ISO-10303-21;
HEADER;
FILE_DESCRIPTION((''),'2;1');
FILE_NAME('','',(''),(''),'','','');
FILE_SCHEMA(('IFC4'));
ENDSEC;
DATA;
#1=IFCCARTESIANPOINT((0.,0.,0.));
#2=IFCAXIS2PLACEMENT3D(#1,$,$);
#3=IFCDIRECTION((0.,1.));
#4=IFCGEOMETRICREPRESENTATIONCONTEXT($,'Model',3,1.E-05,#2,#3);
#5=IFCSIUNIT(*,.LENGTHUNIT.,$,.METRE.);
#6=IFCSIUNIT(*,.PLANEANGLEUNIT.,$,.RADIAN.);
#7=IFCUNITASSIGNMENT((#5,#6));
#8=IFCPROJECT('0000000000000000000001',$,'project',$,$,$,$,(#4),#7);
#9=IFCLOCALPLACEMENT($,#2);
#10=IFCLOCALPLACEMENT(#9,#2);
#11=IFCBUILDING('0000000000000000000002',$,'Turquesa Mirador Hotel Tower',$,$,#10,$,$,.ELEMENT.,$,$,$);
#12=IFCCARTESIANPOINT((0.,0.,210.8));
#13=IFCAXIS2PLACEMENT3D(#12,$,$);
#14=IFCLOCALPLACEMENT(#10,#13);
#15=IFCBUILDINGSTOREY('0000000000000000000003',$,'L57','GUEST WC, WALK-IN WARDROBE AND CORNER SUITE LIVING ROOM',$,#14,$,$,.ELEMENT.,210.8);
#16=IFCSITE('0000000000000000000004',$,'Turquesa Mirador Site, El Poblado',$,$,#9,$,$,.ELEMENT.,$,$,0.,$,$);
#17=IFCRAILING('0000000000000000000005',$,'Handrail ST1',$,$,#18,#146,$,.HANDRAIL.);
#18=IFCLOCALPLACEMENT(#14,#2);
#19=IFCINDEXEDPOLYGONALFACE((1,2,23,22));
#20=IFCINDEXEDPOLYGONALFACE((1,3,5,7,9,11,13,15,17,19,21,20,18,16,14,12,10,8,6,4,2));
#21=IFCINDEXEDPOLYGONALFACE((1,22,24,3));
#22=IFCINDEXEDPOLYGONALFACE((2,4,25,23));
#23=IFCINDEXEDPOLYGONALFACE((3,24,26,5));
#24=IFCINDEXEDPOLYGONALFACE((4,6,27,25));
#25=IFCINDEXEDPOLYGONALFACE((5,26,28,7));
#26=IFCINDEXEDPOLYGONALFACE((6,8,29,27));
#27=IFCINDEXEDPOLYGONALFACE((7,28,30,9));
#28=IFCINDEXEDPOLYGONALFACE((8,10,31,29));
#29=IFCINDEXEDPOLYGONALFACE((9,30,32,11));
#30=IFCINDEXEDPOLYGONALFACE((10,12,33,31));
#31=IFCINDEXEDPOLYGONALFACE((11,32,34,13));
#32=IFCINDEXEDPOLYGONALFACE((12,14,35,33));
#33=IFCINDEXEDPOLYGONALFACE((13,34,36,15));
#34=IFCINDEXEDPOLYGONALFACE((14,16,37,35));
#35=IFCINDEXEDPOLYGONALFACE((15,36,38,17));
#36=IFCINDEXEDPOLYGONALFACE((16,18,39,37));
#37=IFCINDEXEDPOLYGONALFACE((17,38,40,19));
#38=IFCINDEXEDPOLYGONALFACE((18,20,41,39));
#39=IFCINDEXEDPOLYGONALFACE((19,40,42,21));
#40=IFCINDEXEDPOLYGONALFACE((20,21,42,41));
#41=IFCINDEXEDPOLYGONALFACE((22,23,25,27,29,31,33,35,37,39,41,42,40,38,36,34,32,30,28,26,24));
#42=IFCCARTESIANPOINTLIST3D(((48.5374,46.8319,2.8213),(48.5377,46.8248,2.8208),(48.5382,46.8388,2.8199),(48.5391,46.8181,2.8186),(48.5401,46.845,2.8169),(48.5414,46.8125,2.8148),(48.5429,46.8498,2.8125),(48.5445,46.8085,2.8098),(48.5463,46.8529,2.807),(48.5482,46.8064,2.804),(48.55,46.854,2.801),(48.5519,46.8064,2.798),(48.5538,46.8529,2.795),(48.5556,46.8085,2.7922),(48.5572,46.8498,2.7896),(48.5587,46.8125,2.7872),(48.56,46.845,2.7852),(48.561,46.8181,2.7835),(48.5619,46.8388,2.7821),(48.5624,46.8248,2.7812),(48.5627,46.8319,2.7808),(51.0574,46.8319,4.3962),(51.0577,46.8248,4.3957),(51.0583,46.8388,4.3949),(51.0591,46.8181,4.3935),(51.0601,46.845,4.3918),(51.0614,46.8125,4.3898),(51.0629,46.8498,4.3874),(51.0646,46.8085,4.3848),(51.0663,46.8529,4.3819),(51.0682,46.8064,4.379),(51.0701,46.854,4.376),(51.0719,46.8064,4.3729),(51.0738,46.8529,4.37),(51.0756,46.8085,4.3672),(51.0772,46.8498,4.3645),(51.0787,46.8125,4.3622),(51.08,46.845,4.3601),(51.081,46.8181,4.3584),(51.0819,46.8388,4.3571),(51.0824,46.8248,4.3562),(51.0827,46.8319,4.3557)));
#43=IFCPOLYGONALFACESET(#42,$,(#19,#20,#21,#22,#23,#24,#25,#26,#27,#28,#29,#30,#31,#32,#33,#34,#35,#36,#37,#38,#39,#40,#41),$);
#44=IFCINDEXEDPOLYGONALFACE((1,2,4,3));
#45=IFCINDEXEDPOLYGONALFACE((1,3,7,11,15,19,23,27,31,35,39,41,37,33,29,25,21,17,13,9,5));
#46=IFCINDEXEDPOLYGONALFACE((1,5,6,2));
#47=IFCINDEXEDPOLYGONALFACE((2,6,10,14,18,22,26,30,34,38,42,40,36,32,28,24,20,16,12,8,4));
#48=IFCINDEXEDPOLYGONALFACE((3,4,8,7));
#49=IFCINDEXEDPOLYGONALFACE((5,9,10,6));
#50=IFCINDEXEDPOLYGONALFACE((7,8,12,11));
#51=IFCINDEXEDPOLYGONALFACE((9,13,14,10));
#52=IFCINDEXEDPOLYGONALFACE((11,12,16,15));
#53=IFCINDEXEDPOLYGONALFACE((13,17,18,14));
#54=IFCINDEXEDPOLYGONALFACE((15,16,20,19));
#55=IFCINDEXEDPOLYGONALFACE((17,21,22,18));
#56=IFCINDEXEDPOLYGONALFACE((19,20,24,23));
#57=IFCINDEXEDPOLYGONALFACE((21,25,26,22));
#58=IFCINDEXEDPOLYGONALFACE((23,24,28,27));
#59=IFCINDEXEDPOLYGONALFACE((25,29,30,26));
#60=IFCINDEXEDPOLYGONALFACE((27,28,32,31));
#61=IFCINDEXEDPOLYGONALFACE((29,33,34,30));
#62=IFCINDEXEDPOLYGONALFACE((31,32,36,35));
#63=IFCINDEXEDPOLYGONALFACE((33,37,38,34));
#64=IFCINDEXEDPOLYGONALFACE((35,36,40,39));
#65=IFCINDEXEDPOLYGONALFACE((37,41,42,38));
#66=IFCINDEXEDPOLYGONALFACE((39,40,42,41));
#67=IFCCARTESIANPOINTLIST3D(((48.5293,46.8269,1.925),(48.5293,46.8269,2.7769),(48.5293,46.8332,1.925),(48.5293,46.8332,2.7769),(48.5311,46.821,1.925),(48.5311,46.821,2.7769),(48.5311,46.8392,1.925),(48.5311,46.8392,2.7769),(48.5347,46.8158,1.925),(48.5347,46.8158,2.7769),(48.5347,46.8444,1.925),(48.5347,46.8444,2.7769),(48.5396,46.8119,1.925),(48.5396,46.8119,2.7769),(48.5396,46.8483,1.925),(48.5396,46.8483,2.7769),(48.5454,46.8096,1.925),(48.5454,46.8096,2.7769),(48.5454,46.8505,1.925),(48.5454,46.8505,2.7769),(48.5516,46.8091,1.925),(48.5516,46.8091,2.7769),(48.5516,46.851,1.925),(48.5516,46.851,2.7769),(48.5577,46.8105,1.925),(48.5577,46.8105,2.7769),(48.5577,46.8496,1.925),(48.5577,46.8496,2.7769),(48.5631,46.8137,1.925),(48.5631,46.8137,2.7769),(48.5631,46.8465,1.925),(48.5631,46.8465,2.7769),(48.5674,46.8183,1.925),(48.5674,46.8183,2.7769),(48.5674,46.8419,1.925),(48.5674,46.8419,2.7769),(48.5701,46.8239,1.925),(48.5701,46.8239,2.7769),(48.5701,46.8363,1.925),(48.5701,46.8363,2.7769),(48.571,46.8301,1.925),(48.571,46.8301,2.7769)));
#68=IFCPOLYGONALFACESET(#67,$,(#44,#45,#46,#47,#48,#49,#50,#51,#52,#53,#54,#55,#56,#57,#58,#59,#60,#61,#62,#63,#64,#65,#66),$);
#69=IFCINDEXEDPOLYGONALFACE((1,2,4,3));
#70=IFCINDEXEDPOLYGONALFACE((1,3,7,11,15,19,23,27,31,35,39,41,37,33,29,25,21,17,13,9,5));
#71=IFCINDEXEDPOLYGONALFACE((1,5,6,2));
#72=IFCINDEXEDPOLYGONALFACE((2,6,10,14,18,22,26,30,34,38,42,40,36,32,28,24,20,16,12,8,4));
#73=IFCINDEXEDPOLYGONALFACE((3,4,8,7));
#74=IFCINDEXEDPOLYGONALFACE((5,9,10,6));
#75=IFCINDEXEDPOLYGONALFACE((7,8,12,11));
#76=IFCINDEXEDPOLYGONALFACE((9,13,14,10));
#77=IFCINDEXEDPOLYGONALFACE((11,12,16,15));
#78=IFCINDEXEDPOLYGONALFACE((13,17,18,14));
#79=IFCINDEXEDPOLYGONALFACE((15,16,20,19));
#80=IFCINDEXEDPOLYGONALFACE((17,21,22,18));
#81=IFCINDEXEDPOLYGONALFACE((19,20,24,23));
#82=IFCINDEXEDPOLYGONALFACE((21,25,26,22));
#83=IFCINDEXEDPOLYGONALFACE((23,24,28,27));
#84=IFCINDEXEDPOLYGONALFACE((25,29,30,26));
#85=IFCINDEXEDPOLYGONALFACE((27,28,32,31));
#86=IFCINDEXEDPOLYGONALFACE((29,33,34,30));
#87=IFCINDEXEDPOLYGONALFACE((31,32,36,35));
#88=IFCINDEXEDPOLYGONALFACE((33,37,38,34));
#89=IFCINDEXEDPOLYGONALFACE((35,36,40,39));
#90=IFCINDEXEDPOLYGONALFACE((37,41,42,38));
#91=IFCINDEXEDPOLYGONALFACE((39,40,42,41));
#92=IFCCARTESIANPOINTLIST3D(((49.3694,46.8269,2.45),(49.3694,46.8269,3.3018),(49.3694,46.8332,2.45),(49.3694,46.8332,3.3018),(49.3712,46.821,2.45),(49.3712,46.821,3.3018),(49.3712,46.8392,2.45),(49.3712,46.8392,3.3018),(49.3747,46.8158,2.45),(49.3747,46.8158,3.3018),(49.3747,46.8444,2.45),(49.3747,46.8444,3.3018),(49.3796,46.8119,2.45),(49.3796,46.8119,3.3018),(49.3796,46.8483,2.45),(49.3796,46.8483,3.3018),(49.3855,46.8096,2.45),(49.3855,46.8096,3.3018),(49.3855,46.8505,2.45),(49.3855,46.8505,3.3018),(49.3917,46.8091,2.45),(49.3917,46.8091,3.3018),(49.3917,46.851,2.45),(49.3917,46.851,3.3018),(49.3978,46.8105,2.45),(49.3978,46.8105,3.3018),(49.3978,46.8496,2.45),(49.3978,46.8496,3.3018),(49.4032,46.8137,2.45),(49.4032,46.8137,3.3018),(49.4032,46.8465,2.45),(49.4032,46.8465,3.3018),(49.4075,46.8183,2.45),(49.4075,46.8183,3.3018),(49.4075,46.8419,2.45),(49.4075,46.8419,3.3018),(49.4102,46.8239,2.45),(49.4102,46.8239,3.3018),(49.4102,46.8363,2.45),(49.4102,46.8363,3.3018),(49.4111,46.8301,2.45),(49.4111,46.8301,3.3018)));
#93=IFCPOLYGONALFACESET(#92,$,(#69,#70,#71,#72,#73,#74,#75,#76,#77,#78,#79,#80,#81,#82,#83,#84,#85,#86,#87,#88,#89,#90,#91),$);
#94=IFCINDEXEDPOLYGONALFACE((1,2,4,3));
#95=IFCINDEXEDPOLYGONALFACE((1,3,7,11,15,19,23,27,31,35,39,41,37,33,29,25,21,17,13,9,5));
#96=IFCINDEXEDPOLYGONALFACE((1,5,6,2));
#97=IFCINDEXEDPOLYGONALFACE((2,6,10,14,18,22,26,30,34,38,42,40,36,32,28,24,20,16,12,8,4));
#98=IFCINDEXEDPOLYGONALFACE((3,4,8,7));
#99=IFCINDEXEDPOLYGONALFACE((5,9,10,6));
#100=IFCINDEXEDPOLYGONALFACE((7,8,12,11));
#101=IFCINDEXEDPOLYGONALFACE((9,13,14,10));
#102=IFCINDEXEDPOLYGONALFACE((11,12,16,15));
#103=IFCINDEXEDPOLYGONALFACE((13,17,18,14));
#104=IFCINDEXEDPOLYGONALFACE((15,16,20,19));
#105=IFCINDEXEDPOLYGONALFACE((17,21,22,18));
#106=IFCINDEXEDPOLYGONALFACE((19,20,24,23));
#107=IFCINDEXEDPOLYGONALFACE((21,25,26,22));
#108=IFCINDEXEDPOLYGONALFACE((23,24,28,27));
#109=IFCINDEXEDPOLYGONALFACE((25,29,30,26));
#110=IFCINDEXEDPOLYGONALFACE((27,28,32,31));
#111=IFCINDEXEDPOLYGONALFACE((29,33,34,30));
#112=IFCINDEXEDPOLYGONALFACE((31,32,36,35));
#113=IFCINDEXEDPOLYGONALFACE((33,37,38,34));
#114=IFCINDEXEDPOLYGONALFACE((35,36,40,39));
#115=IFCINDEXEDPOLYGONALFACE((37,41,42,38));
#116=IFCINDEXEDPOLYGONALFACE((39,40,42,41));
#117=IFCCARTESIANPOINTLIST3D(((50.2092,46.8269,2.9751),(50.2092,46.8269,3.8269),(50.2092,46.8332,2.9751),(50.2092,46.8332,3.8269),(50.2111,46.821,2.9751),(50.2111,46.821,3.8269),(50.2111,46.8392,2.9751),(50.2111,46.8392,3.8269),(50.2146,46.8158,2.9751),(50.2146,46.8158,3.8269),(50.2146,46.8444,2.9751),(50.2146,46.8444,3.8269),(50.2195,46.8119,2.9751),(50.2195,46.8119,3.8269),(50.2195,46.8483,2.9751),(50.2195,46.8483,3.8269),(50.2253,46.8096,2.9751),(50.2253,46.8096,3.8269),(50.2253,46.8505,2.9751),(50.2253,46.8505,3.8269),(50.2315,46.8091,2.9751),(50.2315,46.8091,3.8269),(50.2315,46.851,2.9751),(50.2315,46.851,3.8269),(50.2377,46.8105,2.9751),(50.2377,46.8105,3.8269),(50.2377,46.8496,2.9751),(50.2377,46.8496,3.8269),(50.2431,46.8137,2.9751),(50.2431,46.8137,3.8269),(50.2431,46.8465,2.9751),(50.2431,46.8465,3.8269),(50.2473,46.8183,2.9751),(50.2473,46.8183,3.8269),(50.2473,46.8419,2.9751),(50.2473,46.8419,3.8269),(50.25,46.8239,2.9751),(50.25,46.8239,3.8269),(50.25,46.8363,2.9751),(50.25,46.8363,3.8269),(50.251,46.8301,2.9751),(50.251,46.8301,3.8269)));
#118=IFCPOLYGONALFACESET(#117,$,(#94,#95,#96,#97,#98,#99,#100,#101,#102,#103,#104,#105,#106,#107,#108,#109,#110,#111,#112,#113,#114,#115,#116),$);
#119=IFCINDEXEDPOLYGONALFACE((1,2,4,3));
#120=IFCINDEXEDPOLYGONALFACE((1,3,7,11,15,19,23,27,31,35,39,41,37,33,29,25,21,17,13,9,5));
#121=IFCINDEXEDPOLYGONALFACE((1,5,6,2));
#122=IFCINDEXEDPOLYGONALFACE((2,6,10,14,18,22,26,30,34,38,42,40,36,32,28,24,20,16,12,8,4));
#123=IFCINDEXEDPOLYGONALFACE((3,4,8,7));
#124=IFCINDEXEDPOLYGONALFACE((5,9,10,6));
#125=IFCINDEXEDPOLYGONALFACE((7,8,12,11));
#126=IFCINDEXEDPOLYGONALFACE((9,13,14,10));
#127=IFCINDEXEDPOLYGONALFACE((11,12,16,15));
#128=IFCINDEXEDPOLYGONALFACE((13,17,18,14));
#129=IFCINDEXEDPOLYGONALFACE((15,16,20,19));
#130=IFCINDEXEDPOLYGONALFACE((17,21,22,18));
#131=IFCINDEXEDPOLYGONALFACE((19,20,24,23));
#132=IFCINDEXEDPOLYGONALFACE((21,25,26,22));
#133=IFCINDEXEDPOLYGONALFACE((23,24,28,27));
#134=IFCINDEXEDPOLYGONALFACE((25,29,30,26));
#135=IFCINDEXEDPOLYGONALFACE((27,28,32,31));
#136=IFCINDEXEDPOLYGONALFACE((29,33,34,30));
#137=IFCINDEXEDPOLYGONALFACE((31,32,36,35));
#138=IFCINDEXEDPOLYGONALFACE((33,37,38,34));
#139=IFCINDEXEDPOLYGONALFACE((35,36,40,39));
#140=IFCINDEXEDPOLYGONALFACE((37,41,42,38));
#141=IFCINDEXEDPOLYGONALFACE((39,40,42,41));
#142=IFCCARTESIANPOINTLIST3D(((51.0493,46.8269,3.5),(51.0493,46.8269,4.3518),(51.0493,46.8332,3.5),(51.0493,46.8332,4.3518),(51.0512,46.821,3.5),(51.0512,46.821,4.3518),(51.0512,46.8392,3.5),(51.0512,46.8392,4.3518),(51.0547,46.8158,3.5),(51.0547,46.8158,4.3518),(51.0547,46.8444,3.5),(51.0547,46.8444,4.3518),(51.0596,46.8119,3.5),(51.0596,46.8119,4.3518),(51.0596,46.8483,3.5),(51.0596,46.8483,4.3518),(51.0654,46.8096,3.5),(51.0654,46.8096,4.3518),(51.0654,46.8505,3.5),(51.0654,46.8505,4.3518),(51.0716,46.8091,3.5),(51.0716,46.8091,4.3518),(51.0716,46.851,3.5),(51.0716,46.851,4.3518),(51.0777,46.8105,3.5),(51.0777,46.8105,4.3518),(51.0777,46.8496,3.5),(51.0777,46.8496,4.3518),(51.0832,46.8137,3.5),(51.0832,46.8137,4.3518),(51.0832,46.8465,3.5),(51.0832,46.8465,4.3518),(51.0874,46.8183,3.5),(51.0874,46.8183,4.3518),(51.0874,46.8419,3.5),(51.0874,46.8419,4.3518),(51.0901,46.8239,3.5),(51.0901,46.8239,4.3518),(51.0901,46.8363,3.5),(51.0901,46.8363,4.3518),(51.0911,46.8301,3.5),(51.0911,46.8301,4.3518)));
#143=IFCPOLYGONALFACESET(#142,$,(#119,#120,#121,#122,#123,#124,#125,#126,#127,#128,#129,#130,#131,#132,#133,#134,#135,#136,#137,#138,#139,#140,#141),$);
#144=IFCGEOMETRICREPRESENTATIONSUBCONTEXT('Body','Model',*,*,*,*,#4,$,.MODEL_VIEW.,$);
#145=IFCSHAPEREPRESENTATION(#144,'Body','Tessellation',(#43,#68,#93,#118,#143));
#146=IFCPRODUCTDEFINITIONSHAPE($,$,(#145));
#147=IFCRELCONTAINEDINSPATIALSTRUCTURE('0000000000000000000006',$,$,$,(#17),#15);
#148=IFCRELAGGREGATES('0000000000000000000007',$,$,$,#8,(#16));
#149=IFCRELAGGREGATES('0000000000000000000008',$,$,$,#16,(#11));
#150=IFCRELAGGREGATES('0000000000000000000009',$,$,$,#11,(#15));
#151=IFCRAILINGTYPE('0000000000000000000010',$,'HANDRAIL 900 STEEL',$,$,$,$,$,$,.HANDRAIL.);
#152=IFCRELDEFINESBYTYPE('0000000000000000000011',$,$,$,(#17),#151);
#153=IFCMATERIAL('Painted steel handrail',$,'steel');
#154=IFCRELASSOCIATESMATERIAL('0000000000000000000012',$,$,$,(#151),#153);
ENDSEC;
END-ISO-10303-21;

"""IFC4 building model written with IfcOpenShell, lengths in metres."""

from ifc_helpers import new_model, si_unit, direction, frame, origin, origin_2d, place, context, subcontext, project, spatial, circle, extrude, material, type_object, element, save


model = new_model("IFC4")

# Units and contexts
model_context = context("Model", 3, precision=1e-05, world=origin(), true_north=direction((0.0, 1.0)))
body_context = subcontext(model_context, "Body", "Model", "MODEL_VIEW")
ifc_project = project(units=[si_unit("LENGTHUNIT", "METRE"), si_unit("PLANEANGLEUNIT", "RADIAN")], contexts=[model_context])

# Site, building, storey
site_placement = place(None, origin())
site = spatial("IfcSite", under=ifc_project, at=site_placement, Name="Turquesa Mirador Site, El Poblado", CompositionType="ELEMENT", RefElevation=0.0)
building_placement = place(site_placement, origin())
building = spatial("IfcBuilding", under=site, at=building_placement, Name="Turquesa Mirador Hotel Tower", CompositionType="ELEMENT")
storey_placement = place(building_placement, frame((0.0, 0.0, 210.8)))
storey = spatial("IfcBuildingStorey", under=building, at=storey_placement, Name="L57", Description="GUEST WC, WALK-IN WARDROBE AND CORNER SUITE LIVING ROOM", CompositionType="ELEMENT", Elevation=210.8)

# Railing
ifc_material_1 = material(Name="Painted steel handrail", Category="steel")
railing_type = type_object("IfcRailingType", Name="HANDRAIL 900 STEEL", PredefinedType="HANDRAIL", material=ifc_material_1)
railing_1_placement = place(storey_placement, frame((48.55, 46.8301, 1.925)))
element("IfcRailing", 1, at=railing_1_placement, inside=storey, type_object=railing_type, Name="Handrail ST1", PredefinedType="HANDRAIL", context=body_context, shape_type="SweptSolid", body=[
    extrude(circle(Radius=0.0239, at=origin_2d()), frame((0.0, 0.0, 0.876), z_axis=(0.848008, 0.0, 0.529984), x_axis=(0.0, 1.0, 0.0)), (0.0, 0.0, 1.0), 2.9717),
    extrude(circle(Radius=0.021, at=origin_2d()), origin(), (0.0, 0.0, 1.0), 0.8518),
    extrude(circle(Radius=0.021, at=origin_2d()), frame((0.8401, 0.0, 0.5249)), (0.0, 0.0, 1.0), 0.8518),
    extrude(circle(Radius=0.021, at=origin_2d()), frame((1.6799, 0.0, 1.05)), (0.0, 0.0, 1.0), 0.8518),
    extrude(circle(Radius=0.021, at=origin_2d()), frame((2.52, 0.0, 1.575)), (0.0, 0.0, 1.0), 0.8518),
])

save(model, "model.ifc")
